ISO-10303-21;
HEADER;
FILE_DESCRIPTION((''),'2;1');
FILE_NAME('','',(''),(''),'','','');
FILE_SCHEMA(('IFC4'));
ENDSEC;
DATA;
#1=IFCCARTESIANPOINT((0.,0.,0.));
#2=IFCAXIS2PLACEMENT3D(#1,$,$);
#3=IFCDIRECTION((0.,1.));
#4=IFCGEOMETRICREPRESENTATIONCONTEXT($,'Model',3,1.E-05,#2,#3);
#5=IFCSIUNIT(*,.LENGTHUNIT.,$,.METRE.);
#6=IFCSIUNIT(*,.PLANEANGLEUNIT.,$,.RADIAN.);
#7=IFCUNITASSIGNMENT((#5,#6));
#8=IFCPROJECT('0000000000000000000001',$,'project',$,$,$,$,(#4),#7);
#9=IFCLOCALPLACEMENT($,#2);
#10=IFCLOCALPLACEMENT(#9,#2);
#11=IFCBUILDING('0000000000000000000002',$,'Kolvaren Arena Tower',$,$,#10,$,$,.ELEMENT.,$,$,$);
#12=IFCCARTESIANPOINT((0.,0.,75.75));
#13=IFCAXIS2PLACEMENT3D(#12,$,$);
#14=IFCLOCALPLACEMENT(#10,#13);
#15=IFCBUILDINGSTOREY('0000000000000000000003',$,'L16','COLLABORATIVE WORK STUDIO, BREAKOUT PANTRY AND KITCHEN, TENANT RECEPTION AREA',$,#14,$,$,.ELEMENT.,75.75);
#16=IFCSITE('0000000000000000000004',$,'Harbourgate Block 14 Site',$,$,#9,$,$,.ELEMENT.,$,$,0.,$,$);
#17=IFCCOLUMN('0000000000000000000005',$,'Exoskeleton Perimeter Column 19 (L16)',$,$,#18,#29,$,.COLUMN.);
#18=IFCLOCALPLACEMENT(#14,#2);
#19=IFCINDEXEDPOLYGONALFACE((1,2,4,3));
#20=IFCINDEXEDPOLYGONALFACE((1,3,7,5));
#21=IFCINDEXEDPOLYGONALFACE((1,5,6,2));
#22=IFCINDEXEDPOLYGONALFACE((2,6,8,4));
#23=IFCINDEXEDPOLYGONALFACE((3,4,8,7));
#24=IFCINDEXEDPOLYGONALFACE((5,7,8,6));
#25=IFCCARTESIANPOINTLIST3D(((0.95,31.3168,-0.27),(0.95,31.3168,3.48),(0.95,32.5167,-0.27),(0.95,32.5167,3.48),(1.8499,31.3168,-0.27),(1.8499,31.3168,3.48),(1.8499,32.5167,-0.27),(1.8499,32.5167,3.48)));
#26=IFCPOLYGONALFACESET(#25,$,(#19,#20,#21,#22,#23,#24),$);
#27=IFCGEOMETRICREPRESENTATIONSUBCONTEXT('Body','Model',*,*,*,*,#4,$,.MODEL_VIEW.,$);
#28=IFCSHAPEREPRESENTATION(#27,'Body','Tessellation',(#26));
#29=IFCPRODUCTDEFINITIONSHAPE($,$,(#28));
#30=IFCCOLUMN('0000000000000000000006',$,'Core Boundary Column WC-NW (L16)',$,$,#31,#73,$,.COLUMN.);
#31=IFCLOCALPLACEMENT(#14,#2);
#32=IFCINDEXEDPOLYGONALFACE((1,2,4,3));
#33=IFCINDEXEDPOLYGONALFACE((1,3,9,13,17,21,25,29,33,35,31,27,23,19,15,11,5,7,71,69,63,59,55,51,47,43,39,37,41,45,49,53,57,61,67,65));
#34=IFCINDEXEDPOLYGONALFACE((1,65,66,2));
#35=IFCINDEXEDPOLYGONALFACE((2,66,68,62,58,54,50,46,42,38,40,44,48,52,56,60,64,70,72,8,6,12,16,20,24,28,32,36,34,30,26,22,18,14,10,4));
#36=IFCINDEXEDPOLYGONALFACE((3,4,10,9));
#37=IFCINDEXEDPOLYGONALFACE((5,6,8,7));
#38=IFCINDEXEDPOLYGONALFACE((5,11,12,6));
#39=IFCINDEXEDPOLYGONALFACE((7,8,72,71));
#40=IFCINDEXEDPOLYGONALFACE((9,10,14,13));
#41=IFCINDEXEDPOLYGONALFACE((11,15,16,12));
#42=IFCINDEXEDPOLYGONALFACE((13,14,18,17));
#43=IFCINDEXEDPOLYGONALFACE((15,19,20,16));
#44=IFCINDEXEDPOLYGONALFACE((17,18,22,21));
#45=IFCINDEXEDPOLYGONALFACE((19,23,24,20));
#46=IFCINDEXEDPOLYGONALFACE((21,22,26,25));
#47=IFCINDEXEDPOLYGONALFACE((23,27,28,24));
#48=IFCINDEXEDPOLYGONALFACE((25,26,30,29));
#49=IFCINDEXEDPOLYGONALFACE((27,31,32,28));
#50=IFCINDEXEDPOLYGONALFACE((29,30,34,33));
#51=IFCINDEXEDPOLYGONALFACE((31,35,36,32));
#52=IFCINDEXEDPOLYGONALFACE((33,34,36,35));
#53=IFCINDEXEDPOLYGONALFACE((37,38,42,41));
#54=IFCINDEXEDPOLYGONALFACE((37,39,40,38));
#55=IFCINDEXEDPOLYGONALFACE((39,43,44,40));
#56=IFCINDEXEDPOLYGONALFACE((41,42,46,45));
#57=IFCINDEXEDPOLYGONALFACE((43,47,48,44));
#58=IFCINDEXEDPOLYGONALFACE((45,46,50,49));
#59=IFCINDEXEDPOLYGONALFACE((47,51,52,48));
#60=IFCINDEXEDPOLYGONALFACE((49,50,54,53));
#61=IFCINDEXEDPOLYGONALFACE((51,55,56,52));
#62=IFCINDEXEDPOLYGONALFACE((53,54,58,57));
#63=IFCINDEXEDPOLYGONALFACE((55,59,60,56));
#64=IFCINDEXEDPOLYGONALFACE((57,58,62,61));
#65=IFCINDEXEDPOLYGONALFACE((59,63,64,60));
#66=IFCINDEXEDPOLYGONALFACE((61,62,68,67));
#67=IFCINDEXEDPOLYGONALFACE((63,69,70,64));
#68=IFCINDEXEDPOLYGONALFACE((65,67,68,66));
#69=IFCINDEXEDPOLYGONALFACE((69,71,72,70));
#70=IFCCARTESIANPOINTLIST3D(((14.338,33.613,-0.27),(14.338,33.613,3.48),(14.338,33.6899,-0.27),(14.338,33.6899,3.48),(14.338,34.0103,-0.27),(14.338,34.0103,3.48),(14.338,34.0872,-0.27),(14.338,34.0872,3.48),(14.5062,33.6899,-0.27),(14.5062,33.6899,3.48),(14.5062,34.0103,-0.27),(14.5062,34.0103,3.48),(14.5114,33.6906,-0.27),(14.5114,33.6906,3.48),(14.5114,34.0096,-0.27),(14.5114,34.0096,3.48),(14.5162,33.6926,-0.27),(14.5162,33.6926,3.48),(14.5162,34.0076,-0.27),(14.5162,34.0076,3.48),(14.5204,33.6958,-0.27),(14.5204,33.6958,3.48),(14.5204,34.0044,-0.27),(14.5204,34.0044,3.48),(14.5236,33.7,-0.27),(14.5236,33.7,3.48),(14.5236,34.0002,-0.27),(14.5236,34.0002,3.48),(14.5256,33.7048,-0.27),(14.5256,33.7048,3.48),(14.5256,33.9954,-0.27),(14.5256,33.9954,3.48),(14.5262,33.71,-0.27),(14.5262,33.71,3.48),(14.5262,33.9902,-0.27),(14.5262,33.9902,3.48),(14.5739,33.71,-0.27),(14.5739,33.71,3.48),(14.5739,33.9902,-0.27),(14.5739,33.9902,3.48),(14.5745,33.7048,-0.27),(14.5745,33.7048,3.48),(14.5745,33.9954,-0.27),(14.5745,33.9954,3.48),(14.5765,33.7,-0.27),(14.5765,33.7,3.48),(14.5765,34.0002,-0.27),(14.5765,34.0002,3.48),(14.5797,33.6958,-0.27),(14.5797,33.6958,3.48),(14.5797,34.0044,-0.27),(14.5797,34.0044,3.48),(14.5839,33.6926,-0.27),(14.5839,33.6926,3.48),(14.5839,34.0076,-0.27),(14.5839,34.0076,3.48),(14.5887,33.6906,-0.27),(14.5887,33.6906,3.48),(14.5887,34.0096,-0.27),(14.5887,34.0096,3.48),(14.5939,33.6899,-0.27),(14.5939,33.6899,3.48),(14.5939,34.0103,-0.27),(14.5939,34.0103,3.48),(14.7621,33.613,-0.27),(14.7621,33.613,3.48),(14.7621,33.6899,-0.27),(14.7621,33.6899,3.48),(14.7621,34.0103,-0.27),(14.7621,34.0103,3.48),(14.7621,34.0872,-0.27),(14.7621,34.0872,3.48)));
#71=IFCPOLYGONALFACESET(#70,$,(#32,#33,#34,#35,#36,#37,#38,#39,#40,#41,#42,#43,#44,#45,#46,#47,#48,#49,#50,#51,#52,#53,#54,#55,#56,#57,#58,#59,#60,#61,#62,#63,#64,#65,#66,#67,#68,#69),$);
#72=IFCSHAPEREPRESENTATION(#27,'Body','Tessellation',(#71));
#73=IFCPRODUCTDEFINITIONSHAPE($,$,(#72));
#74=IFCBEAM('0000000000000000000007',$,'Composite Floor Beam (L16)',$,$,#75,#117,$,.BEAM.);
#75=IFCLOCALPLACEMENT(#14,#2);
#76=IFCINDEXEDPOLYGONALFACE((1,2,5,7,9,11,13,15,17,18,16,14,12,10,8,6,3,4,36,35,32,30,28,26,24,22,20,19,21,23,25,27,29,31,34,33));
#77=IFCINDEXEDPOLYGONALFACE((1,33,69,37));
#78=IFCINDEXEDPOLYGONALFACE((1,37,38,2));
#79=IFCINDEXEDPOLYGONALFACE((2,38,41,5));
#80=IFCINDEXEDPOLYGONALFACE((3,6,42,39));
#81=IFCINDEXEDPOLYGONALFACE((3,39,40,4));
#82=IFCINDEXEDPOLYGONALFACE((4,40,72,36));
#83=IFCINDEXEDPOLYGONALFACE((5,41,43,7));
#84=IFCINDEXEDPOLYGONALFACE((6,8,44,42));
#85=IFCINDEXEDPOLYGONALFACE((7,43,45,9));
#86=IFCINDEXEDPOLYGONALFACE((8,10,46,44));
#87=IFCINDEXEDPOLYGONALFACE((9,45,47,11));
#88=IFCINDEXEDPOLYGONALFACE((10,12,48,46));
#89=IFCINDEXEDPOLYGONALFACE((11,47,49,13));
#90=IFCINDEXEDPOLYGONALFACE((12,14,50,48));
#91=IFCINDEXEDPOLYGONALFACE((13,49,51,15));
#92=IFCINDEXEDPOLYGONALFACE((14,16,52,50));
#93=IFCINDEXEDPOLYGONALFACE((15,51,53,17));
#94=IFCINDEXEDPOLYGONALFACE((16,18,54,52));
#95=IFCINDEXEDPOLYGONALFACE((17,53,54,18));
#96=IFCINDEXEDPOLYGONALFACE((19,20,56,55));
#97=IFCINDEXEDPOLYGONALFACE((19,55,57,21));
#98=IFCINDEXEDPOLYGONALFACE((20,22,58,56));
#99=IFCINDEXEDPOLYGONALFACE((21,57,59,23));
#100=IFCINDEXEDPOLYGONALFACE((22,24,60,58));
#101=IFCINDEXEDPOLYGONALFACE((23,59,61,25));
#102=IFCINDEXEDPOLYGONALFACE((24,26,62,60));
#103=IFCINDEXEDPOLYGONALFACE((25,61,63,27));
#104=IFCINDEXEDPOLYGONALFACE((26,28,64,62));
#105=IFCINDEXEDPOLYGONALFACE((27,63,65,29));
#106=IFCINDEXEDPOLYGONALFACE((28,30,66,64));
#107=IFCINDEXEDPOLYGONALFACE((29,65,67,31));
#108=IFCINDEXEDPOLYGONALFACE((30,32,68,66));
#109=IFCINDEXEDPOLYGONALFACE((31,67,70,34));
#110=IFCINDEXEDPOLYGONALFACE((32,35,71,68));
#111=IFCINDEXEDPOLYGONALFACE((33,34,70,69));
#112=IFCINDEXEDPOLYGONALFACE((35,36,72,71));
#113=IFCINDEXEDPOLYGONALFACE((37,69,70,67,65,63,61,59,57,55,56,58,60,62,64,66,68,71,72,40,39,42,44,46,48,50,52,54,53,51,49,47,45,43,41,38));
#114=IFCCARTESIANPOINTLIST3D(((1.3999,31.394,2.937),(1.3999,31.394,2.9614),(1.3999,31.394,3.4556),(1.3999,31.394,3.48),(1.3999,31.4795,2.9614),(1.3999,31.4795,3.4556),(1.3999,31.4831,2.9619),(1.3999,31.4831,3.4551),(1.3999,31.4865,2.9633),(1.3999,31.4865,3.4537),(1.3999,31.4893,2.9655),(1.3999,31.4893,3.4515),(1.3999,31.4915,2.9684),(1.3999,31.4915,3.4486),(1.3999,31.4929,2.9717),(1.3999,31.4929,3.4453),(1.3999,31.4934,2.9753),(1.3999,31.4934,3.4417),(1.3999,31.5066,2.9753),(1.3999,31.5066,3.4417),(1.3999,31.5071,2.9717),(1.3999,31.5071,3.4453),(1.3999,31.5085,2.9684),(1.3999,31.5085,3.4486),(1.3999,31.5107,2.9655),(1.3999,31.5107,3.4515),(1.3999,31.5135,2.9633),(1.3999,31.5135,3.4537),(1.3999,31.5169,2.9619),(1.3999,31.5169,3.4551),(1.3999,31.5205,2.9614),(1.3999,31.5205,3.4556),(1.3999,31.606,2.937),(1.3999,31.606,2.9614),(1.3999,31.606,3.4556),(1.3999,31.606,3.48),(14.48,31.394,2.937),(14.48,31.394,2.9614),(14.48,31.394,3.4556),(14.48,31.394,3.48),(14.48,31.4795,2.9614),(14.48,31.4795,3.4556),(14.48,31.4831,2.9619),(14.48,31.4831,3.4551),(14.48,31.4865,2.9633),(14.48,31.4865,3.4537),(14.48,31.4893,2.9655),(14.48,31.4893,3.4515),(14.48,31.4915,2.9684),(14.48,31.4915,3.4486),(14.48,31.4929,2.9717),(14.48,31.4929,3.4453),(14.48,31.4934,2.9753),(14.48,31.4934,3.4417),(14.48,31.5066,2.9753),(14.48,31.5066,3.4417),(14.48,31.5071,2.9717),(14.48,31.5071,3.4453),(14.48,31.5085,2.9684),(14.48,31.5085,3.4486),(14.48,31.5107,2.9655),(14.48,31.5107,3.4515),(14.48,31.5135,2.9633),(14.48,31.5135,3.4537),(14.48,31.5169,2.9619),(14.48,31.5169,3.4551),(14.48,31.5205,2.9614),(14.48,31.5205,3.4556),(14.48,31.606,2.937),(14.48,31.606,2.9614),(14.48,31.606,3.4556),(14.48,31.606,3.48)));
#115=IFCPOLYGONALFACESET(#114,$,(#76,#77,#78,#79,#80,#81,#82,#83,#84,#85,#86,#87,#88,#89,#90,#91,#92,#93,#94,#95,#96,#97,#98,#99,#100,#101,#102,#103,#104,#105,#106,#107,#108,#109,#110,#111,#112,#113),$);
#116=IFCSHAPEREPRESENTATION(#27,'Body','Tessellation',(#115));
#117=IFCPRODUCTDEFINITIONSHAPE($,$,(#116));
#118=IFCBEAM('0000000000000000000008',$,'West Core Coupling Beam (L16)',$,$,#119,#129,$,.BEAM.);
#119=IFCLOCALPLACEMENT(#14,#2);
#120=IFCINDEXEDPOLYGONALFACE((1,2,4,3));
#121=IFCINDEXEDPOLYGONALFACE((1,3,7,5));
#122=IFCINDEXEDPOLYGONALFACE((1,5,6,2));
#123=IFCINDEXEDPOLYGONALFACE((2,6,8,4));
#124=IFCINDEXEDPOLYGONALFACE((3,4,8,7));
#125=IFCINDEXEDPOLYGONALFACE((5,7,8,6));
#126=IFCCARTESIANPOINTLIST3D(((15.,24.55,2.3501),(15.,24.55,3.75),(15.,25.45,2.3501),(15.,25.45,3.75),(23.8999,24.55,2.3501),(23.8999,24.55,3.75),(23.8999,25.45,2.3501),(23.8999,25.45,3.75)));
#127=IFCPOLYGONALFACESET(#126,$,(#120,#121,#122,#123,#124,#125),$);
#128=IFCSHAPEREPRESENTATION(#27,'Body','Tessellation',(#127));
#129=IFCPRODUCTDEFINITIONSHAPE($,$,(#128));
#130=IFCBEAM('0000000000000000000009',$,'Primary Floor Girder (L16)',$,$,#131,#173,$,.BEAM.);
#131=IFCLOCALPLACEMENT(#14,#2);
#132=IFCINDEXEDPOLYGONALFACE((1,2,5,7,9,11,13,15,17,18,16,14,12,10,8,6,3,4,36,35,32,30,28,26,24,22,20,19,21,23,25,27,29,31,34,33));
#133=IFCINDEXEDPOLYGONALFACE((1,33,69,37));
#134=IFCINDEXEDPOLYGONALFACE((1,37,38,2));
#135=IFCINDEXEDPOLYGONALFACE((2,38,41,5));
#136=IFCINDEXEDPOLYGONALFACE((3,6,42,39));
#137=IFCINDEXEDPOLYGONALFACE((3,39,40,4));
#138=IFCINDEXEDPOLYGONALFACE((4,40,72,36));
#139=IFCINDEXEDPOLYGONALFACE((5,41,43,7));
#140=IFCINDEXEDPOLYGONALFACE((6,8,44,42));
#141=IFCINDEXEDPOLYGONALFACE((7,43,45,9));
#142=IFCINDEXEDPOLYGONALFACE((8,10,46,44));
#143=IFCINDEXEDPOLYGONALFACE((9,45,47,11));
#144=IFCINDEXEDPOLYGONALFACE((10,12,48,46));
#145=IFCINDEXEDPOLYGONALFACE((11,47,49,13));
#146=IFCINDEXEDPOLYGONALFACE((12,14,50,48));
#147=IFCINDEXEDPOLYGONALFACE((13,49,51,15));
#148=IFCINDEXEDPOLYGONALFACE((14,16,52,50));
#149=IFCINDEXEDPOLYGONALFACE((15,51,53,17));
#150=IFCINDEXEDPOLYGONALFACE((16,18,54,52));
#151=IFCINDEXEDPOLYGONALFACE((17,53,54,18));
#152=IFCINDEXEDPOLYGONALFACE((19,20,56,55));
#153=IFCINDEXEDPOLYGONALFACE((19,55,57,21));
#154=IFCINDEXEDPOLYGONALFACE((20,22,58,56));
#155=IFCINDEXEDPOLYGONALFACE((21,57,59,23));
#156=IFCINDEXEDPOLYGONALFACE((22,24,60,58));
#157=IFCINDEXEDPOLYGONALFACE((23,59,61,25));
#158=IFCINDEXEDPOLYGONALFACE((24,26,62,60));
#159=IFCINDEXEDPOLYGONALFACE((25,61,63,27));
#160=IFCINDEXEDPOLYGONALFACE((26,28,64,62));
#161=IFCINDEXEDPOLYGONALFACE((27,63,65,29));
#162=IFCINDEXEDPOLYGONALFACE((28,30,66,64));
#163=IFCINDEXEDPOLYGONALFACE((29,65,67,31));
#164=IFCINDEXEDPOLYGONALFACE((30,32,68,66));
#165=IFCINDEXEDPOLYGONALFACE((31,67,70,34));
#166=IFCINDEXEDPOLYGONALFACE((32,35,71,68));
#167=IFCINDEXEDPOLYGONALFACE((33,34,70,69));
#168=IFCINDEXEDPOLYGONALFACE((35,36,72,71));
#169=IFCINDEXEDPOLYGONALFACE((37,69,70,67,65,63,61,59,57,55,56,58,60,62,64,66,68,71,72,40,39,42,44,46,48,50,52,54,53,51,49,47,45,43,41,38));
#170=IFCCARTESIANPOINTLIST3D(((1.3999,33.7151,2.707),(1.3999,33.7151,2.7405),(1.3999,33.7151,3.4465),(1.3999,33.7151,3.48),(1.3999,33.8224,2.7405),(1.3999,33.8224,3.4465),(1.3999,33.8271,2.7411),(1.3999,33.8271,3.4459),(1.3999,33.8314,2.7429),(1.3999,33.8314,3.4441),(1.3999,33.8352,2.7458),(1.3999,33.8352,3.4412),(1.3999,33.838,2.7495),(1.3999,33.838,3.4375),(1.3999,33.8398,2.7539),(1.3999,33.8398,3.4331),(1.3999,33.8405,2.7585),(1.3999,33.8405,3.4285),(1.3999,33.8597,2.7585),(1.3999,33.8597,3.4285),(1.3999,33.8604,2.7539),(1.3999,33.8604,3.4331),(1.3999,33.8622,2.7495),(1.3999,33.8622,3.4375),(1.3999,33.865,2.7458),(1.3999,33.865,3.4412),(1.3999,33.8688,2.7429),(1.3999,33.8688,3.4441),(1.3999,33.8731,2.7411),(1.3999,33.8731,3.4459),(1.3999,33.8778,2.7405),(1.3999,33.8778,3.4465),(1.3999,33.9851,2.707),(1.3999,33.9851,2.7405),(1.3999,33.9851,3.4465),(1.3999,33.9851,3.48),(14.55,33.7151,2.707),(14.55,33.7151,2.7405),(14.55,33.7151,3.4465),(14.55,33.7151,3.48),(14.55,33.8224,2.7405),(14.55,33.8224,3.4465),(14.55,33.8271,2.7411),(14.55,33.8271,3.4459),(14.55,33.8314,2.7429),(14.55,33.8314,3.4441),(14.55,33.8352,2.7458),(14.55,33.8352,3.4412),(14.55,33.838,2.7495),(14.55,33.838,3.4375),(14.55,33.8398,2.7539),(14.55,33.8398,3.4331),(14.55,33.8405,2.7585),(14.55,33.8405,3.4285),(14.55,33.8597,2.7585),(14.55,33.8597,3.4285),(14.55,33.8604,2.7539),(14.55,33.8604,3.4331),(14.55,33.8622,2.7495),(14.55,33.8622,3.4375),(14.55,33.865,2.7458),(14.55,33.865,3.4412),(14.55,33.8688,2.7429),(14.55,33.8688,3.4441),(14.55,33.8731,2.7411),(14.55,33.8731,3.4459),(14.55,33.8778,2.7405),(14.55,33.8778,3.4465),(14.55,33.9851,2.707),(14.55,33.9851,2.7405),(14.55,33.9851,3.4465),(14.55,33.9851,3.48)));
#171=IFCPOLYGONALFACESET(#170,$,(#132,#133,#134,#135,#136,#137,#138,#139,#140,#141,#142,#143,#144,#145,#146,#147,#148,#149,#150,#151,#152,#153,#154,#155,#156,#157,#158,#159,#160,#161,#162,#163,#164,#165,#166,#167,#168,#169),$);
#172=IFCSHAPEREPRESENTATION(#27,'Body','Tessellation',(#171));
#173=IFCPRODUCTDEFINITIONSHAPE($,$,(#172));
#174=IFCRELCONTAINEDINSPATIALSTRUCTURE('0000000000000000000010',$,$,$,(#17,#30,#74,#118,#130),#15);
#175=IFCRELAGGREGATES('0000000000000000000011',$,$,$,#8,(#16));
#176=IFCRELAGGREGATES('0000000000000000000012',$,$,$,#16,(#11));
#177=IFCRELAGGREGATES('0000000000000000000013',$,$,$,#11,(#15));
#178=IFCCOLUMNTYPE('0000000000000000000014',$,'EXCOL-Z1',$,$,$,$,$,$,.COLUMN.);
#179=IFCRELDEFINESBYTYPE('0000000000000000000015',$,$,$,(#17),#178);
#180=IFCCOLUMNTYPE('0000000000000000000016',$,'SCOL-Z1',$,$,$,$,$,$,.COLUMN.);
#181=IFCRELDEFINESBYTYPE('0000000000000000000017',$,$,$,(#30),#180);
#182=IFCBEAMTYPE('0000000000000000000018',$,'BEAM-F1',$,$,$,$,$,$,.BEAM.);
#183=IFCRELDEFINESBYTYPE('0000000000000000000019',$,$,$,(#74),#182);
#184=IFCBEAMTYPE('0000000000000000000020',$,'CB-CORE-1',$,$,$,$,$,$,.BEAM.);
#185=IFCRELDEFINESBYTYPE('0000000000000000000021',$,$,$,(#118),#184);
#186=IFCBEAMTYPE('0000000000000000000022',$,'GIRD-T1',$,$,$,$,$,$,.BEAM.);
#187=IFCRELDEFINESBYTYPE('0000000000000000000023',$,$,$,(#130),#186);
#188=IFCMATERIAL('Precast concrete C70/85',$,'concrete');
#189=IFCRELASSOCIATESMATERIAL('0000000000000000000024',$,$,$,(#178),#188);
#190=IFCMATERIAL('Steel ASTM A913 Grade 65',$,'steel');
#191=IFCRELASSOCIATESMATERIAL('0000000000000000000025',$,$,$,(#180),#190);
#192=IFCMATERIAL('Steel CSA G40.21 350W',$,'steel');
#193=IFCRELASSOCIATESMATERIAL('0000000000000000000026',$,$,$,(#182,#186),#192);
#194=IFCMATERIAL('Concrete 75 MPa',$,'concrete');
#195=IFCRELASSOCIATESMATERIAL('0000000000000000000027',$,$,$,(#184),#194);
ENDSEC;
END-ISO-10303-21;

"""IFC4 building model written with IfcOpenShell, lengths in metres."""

from ifc_helpers import new_model, si_unit, direction, frame, origin, origin_2d, place, context, subcontext, project, spatial, rectangle, i_section, extrude, material, material_profile, profile_set, type_object, element, save


model = new_model("IFC4")

# Units and contexts
model_context = context("Model", 3, precision=1e-05, world=origin(), true_north=direction((0.0, 1.0)))
body_context = subcontext(model_context, "Body", "Model", "MODEL_VIEW")
ifc_project = project(units=[si_unit("LENGTHUNIT", "METRE"), si_unit("PLANEANGLEUNIT", "RADIAN")], contexts=[model_context])

# Site, building, storey
site_placement = place(None, origin())
site = spatial("IfcSite", under=ifc_project, at=site_placement, Name="Harbourgate Block 14 Site", CompositionType="ELEMENT", RefElevation=0.0)
building_placement = place(site_placement, origin())
building = spatial("IfcBuilding", under=site, at=building_placement, Name="Kolvaren Arena Tower", CompositionType="ELEMENT")
storey_placement = place(building_placement, frame((0.0, 0.0, 75.75)))
storey = spatial("IfcBuildingStorey", under=building, at=storey_placement, Name="L16", Description="COLLABORATIVE WORK STUDIO, BREAKOUT PANTRY AND KITCHEN, TENANT RECEPTION AREA", CompositionType="ELEMENT", Elevation=75.75)

# Columns
ifc_material_1 = material(Name="Precast concrete C70/85", Category="concrete")
ifc_material_profile_1 = material_profile(ifc_material_1, rectangle(XDim=1.2, YDim=0.8999, at=origin_2d()), Name="RC-1200x900")
ifc_profile_set_1 = profile_set([ifc_material_profile_1], Name="Precast concrete C70/85")
column_type_1 = type_object("IfcColumnType", Name="EXCOL-Z1", PredefinedType="COLUMN", material=ifc_profile_set_1)
column_1_placement = place(storey_placement, frame((1.3999, 31.9167, -0.27), z_axis=(0.0, 0.0, 1.0), x_axis=(0.0, 1.0, 0.0)))
element("IfcColumn", 1, at=column_1_placement, inside=storey, type_object=column_type_1, Name="Exoskeleton Perimeter Column 19 (L16)", PredefinedType="COLUMN", context=body_context, shape_type="SweptSolid", body=[
    extrude(rectangle(XDim=1.2, YDim=0.8999, at=origin_2d()), origin(), (0.0, 0.0, 1.0), 3.75),
])
ifc_material_2 = material(Name="Steel ASTM A913 Grade 65", Category="steel")
ifc_material_profile_2 = material_profile(ifc_material_2, i_section(OverallWidth=0.4241, OverallDepth=0.4741, WebThickness=0.0476, FlangeThickness=0.0769, FilletRadius=0.02, at=origin_2d()), Name="W360x634")
ifc_profile_set_2 = profile_set([ifc_material_profile_2], Name="Steel ASTM A913 Grade 65")
column_type_2 = type_object("IfcColumnType", Name="SCOL-Z1", PredefinedType="COLUMN", material=ifc_profile_set_2)
column_2_placement = place(storey_placement, frame((14.55, 33.8501, -0.27), z_axis=(0.0, 0.0, 1.0), x_axis=(1.0, 0.0, 0.0)))
element("IfcColumn", 2, at=column_2_placement, inside=storey, type_object=column_type_2, Name="Core Boundary Column WC-NW (L16)", PredefinedType="COLUMN", context=body_context, shape_type="SweptSolid", body=[
    extrude(i_section(OverallWidth=0.4241, OverallDepth=0.4741, WebThickness=0.0476, FlangeThickness=0.0769, FilletRadius=0.02, at=origin_2d()), origin(), (0.0, 0.0, 1.0), 3.75),
])

# Beams
ifc_material_3 = material(Name="Steel CSA G40.21 350W", Category="steel")
ifc_material_profile_3 = material_profile(ifc_material_3, i_section(OverallWidth=0.2119, OverallDepth=0.543, WebThickness=0.0132, FlangeThickness=0.0244, FilletRadius=0.0139, at=origin_2d()), Name="W530x150")
ifc_profile_set_3 = profile_set([ifc_material_profile_3], Name="Steel CSA G40.21 350W")
beam_type_1 = type_object("IfcBeamType", Name="BEAM-F1", PredefinedType="BEAM", material=ifc_profile_set_3)
beam_1_placement = place(storey_placement, frame((1.3999, 31.5, 3.2085), z_axis=(1.0, 0.0, 0.0), x_axis=(0.0, 1.0, 0.0)))
element("IfcBeam", 3, at=beam_1_placement, inside=storey, type_object=beam_type_1, Name="Composite Floor Beam (L16)", PredefinedType="BEAM", context=body_context, shape_type="SweptSolid", body=[
    extrude(i_section(OverallWidth=0.2119, OverallDepth=0.543, WebThickness=0.0132, FlangeThickness=0.0244, FilletRadius=0.0139, at=origin_2d()), origin(), (0.0, 0.0, 1.0), 13.0801),
])
ifc_material_4 = material(Name="Concrete 75 MPa", Category="concrete")
ifc_material_profile_4 = material_profile(ifc_material_4, rectangle(XDim=0.8999, YDim=1.3999, at=origin_2d()), Name="RC-900x1400")
ifc_profile_set_4 = profile_set([ifc_material_profile_4], Name="Concrete 75 MPa")
beam_type_2 = type_object("IfcBeamType", Name="CB-CORE-1", PredefinedType="BEAM", material=ifc_profile_set_4)
beam_2_placement = place(storey_placement, frame((15.0, 25.0, 3.05), z_axis=(1.0, 0.0, 0.0), x_axis=(0.0, 1.0, 0.0)))
element("IfcBeam", 4, at=beam_2_placement, inside=storey, type_object=beam_type_2, Name="West Core Coupling Beam (L16)", PredefinedType="BEAM", context=body_context, shape_type="SweptSolid", body=[
    extrude(rectangle(XDim=0.8999, YDim=1.3999, at=origin_2d()), origin(), (0.0, 0.0, 1.0), 8.8999),
])
ifc_material_profile_5 = material_profile(ifc_material_3, i_section(OverallWidth=0.27, OverallDepth=0.7729, WebThickness=0.0193, FlangeThickness=0.0334, FilletRadius=0.0181, at=origin_2d()), Name="W760x257")
ifc_profile_set_5 = profile_set([ifc_material_profile_5], Name="Steel CSA G40.21 350W")
beam_type_3 = type_object("IfcBeamType", Name="GIRD-T1", PredefinedType="BEAM", material=ifc_profile_set_5)
beam_3_placement = place(storey_placement, frame((1.3999, 33.8501, 3.0935), z_axis=(1.0, 0.0, 0.0), x_axis=(0.0, 1.0, 0.0)))
element("IfcBeam", 5, at=beam_3_placement, inside=storey, type_object=beam_type_3, Name="Primary Floor Girder (L16)", PredefinedType="BEAM", context=body_context, shape_type="SweptSolid", body=[
    extrude(i_section(OverallWidth=0.27, OverallDepth=0.7729, WebThickness=0.0193, FlangeThickness=0.0334, FilletRadius=0.0181, at=origin_2d()), origin(), (0.0, 0.0, 1.0), 13.1501),
])

save(model, "model.ifc")
